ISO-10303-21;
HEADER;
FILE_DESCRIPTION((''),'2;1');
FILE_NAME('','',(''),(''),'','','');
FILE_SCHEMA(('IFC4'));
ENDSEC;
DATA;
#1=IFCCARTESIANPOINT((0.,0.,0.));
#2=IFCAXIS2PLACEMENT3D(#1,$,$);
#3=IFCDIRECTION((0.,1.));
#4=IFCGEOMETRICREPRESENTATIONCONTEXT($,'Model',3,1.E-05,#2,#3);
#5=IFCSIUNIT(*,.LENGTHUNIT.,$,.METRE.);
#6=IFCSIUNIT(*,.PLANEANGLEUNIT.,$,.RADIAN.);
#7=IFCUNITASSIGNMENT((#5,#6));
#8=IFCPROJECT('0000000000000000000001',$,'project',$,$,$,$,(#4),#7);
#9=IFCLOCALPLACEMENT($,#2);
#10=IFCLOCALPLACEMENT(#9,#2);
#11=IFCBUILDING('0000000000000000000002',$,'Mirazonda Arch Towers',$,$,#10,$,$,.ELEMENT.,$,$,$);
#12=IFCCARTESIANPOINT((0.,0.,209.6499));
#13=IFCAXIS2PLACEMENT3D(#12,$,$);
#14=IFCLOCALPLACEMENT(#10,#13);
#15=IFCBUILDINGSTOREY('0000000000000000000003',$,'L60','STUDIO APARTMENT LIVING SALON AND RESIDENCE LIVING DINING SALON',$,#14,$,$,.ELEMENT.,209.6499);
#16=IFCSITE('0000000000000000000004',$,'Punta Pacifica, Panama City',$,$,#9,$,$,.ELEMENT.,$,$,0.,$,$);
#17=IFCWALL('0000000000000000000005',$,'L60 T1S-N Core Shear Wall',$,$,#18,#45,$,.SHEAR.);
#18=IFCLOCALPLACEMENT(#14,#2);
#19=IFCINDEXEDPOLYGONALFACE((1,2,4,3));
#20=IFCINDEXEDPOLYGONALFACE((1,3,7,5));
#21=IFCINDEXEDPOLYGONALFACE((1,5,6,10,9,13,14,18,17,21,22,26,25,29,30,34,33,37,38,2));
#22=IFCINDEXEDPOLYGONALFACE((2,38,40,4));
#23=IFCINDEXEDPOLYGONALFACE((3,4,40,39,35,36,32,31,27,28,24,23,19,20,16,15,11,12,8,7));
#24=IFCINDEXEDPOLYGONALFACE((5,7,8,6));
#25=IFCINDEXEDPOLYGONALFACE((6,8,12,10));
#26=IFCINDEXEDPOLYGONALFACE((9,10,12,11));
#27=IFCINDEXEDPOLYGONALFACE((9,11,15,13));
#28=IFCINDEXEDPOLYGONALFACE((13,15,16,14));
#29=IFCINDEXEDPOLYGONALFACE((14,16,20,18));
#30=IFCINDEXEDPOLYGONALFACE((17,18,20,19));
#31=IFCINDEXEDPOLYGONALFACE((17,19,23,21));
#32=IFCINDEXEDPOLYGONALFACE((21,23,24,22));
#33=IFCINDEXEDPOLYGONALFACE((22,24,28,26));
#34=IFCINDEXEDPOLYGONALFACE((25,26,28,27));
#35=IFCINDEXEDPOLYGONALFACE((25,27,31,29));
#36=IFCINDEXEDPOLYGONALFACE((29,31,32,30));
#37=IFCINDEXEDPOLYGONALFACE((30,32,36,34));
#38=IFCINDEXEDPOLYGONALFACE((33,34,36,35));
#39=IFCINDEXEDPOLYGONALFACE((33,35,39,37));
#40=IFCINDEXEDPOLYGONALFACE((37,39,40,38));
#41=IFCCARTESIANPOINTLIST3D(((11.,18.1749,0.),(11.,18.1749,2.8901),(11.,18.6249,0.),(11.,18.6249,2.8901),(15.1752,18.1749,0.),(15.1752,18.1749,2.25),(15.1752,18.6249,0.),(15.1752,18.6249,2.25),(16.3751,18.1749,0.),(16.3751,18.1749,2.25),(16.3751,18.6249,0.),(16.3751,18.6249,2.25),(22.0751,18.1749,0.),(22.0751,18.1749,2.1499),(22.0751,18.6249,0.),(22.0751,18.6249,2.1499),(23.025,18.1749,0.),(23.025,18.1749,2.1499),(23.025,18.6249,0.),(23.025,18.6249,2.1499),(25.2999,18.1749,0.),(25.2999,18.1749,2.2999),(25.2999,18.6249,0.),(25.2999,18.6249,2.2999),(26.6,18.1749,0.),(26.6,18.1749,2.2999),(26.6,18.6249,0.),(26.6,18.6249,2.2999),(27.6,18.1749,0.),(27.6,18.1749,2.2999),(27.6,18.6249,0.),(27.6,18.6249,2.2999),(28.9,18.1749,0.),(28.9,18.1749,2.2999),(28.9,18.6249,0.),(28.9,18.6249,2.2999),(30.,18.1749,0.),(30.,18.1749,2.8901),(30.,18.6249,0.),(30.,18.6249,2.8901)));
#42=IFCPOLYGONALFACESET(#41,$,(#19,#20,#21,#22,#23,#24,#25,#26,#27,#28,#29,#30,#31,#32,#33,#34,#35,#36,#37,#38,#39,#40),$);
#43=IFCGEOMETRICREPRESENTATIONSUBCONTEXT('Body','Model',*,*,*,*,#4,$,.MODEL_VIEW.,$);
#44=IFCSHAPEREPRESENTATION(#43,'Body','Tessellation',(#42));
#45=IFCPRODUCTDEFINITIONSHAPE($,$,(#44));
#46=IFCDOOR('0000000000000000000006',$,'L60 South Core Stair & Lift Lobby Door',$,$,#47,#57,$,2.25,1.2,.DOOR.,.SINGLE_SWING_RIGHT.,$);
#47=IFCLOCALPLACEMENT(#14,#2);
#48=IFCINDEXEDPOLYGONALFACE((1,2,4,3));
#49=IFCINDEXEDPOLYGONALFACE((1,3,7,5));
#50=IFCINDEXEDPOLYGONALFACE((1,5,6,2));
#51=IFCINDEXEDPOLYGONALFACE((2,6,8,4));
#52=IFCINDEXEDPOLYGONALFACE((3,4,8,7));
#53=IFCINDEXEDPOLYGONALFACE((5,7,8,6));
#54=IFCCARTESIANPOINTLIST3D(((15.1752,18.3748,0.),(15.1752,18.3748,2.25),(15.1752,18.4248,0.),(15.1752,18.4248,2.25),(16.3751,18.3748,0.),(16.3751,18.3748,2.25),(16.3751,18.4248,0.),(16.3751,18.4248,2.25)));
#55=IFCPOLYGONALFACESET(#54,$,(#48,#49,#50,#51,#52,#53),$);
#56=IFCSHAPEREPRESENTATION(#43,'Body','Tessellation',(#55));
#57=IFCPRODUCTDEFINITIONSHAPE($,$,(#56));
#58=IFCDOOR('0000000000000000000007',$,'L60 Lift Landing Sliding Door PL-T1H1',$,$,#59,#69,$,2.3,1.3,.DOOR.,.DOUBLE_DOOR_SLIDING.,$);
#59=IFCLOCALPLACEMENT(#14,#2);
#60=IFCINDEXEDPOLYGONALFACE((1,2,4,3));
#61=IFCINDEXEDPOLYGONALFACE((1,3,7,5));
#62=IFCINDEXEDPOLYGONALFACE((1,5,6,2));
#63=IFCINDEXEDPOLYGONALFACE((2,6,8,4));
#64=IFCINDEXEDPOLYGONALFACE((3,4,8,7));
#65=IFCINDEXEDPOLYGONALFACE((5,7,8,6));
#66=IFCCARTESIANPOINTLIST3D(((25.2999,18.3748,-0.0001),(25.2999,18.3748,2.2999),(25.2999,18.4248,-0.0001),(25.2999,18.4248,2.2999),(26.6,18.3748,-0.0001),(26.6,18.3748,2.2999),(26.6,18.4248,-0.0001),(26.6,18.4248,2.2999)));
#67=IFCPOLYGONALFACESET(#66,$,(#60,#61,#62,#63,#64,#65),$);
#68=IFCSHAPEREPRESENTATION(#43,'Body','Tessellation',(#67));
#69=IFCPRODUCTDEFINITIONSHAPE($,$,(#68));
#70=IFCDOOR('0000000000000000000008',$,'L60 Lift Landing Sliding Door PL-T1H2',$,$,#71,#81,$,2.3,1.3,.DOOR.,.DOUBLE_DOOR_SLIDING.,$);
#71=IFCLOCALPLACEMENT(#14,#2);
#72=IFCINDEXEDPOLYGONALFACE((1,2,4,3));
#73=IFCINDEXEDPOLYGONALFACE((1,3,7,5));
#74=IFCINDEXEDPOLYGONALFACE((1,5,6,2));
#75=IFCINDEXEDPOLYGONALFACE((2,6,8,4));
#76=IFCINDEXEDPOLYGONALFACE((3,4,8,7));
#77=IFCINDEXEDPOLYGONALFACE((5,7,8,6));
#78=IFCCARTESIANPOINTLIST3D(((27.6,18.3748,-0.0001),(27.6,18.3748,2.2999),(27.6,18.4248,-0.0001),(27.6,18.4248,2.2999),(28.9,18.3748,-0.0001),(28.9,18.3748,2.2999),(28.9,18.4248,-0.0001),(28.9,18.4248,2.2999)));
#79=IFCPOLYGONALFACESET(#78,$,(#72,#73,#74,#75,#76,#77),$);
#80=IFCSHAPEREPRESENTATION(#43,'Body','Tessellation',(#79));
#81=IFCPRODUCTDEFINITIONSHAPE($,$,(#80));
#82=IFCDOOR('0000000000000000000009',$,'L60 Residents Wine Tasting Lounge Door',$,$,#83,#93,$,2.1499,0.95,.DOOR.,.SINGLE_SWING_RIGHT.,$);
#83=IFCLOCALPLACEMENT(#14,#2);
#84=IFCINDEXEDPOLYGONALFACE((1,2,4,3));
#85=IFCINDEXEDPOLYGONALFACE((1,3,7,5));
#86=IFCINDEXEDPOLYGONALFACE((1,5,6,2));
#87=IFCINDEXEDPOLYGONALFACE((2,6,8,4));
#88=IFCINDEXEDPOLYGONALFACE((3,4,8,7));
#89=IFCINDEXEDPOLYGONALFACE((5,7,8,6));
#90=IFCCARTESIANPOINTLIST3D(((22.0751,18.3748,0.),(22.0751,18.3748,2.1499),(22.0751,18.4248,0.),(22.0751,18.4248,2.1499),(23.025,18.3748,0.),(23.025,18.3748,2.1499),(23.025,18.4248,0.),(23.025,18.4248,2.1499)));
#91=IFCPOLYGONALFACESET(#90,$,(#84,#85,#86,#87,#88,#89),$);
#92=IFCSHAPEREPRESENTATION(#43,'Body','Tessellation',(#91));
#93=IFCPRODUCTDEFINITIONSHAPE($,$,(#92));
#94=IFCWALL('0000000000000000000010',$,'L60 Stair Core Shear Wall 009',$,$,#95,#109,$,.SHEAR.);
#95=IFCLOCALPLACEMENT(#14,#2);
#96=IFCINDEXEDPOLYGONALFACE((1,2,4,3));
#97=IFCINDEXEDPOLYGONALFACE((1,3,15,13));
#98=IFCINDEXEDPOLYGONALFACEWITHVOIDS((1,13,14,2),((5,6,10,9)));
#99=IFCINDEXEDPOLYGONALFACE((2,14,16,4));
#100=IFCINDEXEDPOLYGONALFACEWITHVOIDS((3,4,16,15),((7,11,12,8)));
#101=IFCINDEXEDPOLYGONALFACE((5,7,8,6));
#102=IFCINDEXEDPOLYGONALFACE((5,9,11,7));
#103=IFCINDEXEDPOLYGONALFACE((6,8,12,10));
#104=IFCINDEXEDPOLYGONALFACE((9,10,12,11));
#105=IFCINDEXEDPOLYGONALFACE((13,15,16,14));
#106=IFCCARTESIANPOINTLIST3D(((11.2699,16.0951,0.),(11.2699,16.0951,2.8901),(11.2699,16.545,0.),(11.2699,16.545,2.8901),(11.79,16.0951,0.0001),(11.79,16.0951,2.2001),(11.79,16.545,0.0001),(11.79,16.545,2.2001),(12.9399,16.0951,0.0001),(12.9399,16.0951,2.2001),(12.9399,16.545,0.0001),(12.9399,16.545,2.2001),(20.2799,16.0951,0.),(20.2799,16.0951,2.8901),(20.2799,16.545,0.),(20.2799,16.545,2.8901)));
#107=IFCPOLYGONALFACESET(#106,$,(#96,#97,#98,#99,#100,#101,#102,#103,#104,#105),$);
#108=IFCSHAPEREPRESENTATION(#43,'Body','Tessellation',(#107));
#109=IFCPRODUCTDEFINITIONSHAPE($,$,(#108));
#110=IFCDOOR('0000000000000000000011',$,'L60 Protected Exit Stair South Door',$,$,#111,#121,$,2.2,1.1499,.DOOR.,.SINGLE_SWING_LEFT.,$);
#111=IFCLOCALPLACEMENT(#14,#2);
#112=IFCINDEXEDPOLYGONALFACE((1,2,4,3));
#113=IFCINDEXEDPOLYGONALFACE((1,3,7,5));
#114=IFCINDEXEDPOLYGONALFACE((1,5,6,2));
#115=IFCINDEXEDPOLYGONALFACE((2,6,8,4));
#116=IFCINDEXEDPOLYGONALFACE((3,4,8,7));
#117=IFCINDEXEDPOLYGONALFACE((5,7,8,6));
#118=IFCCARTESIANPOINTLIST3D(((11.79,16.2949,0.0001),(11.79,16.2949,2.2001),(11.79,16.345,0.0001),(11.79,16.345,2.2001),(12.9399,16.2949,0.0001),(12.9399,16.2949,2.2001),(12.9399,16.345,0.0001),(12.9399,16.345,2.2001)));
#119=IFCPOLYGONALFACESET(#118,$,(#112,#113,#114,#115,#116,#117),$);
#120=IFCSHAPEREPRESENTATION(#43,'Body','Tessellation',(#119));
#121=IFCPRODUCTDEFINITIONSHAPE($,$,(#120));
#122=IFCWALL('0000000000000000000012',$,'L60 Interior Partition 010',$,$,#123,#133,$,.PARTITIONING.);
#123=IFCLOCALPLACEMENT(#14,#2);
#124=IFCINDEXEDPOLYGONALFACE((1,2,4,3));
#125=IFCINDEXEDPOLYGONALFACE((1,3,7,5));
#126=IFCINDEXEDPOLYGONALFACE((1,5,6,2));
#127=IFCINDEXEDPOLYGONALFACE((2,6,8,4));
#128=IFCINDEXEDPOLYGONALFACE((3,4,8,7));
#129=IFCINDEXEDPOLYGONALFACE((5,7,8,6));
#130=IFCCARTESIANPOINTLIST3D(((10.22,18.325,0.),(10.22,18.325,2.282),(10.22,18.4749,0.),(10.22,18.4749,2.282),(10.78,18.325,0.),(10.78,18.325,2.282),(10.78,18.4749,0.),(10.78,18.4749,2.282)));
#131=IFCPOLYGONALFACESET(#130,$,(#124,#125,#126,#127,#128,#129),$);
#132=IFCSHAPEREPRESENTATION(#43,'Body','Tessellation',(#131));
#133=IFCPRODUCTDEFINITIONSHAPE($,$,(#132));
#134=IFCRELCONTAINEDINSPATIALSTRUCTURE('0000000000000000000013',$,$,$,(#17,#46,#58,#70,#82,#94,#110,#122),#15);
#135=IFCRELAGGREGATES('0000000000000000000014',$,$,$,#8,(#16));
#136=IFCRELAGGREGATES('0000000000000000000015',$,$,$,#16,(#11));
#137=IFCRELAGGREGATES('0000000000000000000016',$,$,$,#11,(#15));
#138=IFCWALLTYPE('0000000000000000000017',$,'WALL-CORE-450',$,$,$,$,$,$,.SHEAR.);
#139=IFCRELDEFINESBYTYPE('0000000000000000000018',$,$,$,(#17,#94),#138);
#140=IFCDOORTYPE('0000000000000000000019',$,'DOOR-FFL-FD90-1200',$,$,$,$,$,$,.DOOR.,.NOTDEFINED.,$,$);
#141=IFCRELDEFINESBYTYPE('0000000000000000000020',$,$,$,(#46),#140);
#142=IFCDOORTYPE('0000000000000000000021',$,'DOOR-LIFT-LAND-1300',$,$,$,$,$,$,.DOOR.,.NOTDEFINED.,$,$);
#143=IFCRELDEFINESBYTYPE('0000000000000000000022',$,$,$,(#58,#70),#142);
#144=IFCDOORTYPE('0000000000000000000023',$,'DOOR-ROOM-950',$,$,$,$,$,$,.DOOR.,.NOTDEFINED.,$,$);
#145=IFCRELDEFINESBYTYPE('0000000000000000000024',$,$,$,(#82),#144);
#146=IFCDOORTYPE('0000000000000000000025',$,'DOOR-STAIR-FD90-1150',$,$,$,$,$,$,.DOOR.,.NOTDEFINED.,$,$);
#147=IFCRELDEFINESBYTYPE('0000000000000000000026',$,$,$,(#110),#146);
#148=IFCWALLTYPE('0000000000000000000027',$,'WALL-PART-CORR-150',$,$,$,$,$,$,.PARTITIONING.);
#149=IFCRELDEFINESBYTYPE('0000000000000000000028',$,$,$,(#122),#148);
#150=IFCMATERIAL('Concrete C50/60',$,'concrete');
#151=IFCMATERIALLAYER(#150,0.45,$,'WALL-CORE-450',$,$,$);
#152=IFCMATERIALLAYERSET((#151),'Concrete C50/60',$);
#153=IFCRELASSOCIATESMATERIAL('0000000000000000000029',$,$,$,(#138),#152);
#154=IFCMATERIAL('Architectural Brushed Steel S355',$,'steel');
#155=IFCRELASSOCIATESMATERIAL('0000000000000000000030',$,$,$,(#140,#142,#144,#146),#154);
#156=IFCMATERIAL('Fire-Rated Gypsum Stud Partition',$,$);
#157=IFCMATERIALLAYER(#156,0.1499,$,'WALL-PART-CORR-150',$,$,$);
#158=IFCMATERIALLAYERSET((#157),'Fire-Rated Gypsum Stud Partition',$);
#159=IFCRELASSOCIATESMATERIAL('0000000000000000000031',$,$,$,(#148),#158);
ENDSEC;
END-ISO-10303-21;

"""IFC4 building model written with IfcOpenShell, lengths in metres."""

from ifc_helpers import new_model, si_unit, direction, frame, frame_2d, origin, place, context, subcontext, project, spatial, rectangle, extrude, material, layer, layer_set, type_object, element, fill, save


model = new_model("IFC4")

# Units and contexts
model_context = context("Model", 3, precision=1e-05, world=origin(), true_north=direction((0.0, 1.0)))
body_context = subcontext(model_context, "Body", "Model", "MODEL_VIEW")
ifc_project = project(units=[si_unit("LENGTHUNIT", "METRE"), si_unit("PLANEANGLEUNIT", "RADIAN")], contexts=[model_context])

# Site, building, storey
site_placement = place(None, origin())
site = spatial("IfcSite", under=ifc_project, at=site_placement, Name="Punta Pacifica, Panama City", CompositionType="ELEMENT", RefElevation=0.0)
building_placement = place(site_placement, origin())
building = spatial("IfcBuilding", under=site, at=building_placement, Name="Mirazonda Arch Towers", CompositionType="ELEMENT")
storey_placement = place(building_placement, frame((0.0, 0.0, 209.6499)))
storey = spatial("IfcBuildingStorey", under=building, at=storey_placement, Name="L60", Description="STUDIO APARTMENT LIVING SALON AND RESIDENCE LIVING DINING SALON", CompositionType="ELEMENT", Elevation=209.6499)

# Shared definitions
ifc_material_1 = material(Name="Concrete C50/60", Category="concrete")

# Wall, openings, doors
ifc_layer_1 = layer(ifc_material_1, 0.45, Name="WALL-CORE-450")
ifc_layer_set_1 = layer_set([ifc_layer_1], Name="Concrete C50/60")
wall_type_1 = type_object("IfcWallType", Name="WALL-CORE-450", PredefinedType="SHEAR", material=ifc_layer_set_1)
wall_1_placement = place(storey_placement, frame((11.0, 18.3999, 0.0), z_axis=(0.0, 0.0, 1.0), x_axis=(1.0, 0.0, 0.0)))
wall_1 = element("IfcWall", 1, at=wall_1_placement, inside=storey, type_object=wall_type_1, Name="L60 T1S-N Core Shear Wall", PredefinedType="SHEAR", context=body_context, shape_type="SweptSolid", body=[
    extrude(rectangle(XDim=19.0, YDim=0.45, at=frame_2d((9.5, 0.0))), origin(), (0.0, 0.0, 1.0), 2.8901),
])
opening_1_placement = place(wall_1_placement, frame((4.175, 0.0, 0.0)))
opening_1 = element("IfcOpeningElement", 2, at=opening_1_placement, cuts=wall_1, PredefinedType="OPENING", context=body_context, shape_type="SweptSolid", body=[
    extrude(rectangle(XDim=1.2, YDim=2.25, at=frame_2d((0.6001, 1.125))), frame((0.0, 0.2349, 0.0), z_axis=(0.0, -1.0, 0.0), x_axis=(1.0, 0.0, 0.0)), (0.0, 0.0, 1.0), 0.47),
])
opening_2_placement = place(wall_1_placement, frame((11.075, 0.0, 0.0)))
opening_2 = element("IfcOpeningElement", 3, at=opening_2_placement, cuts=wall_1, PredefinedType="OPENING", context=body_context, shape_type="SweptSolid", body=[
    extrude(rectangle(XDim=0.95, YDim=2.1499, at=frame_2d((0.4751, 1.075))), frame((0.0, 0.2349, 0.0), z_axis=(0.0, -1.0, 0.0), x_axis=(1.0, 0.0, 0.0)), (0.0, 0.0, 1.0), 0.47),
])
opening_3_placement = place(wall_1_placement, frame((14.3, 0.0, 0.0)))
opening_3 = element("IfcOpeningElement", 4, at=opening_3_placement, cuts=wall_1, PredefinedType="OPENING", context=body_context, shape_type="SweptSolid", body=[
    extrude(rectangle(XDim=1.3, YDim=2.3, at=frame_2d((0.6499, 1.1499))), frame((0.0, 0.2349, 0.0), z_axis=(0.0, -1.0, 0.0), x_axis=(1.0, 0.0, 0.0)), (0.0, 0.0, 1.0), 0.47),
])
opening_4_placement = place(wall_1_placement, frame((16.6001, 0.0, 0.0)))
opening_4 = element("IfcOpeningElement", 5, at=opening_4_placement, cuts=wall_1, PredefinedType="OPENING", context=body_context, shape_type="SweptSolid", body=[
    extrude(rectangle(XDim=1.3, YDim=2.3, at=frame_2d((0.6499, 1.1499))), frame((0.0, 0.2349, 0.0), z_axis=(0.0, -1.0, 0.0), x_axis=(1.0, 0.0, 0.0)), (0.0, 0.0, 1.0), 0.47),
])
ifc_material_2 = material(Name="Architectural Brushed Steel S355", Category="steel")
door_type_1 = type_object("IfcDoorType", Name="DOOR-FFL-FD90-1200", OperationType="NOTDEFINED", PredefinedType="DOOR", material=ifc_material_2)
door_1_placement = place(opening_1_placement, origin())
door_1 = element("IfcDoor", 6, at=door_1_placement, inside=storey, type_object=door_type_1, Name="L60 South Core Stair & Lift Lobby Door", OperationType="SINGLE_SWING_RIGHT", OverallHeight=2.25, OverallWidth=1.2, PredefinedType="DOOR", context=body_context, shape_type="SweptSolid", body=[
    extrude(rectangle(XDim=1.2, YDim=2.25, at=frame_2d((0.6001, 1.125))), frame((0.0, 0.0249, 0.0), z_axis=(0.0, -1.0, 0.0), x_axis=(1.0, 0.0, 0.0)), (0.0, 0.0, 1.0), 0.05),
])
fill(opening_1, door_1)
door_type_2 = type_object("IfcDoorType", Name="DOOR-LIFT-LAND-1300", OperationType="NOTDEFINED", PredefinedType="DOOR", material=ifc_material_2)
door_2_placement = place(opening_3_placement, origin())
door_2 = element("IfcDoor", 7, at=door_2_placement, inside=storey, type_object=door_type_2, Name="L60 Lift Landing Sliding Door PL-T1H1", OperationType="DOUBLE_DOOR_SLIDING", OverallHeight=2.3, OverallWidth=1.3, PredefinedType="DOOR", context=body_context, shape_type="SweptSolid", body=[
    extrude(rectangle(XDim=1.3, YDim=2.3, at=frame_2d((0.6499, 1.1499))), frame((0.0, 0.0249, 0.0), z_axis=(0.0, -1.0, 0.0), x_axis=(1.0, 0.0, 0.0)), (0.0, 0.0, 1.0), 0.05),
])
fill(opening_3, door_2)
door_3_placement = place(opening_4_placement, origin())
door_3 = element("IfcDoor", 8, at=door_3_placement, inside=storey, type_object=door_type_2, Name="L60 Lift Landing Sliding Door PL-T1H2", OperationType="DOUBLE_DOOR_SLIDING", OverallHeight=2.3, OverallWidth=1.3, PredefinedType="DOOR", context=body_context, shape_type="SweptSolid", body=[
    extrude(rectangle(XDim=1.3, YDim=2.3, at=frame_2d((0.6499, 1.1499))), frame((0.0, 0.0249, 0.0), z_axis=(0.0, -1.0, 0.0), x_axis=(1.0, 0.0, 0.0)), (0.0, 0.0, 1.0), 0.05),
])
fill(opening_4, door_3)
door_type_3 = type_object("IfcDoorType", Name="DOOR-ROOM-950", OperationType="NOTDEFINED", PredefinedType="DOOR", material=ifc_material_2)
door_4_placement = place(opening_2_placement, origin())
door_4 = element("IfcDoor", 9, at=door_4_placement, inside=storey, type_object=door_type_3, Name="L60 Residents Wine Tasting Lounge Door", OperationType="SINGLE_SWING_RIGHT", OverallHeight=2.1499, OverallWidth=0.95, PredefinedType="DOOR", context=body_context, shape_type="SweptSolid", body=[
    extrude(rectangle(XDim=0.95, YDim=2.1499, at=frame_2d((0.4751, 1.075))), frame((0.0, 0.0249, 0.0), z_axis=(0.0, -1.0, 0.0), x_axis=(1.0, 0.0, 0.0)), (0.0, 0.0, 1.0), 0.05),
])
fill(opening_2, door_4)

# Wall, opening, door
wall_2_placement = place(storey_placement, frame((11.27, 16.3201, 0.0), z_axis=(0.0, 0.0, 1.0), x_axis=(1.0, 0.0, 0.0)))
wall_2 = element("IfcWall", 10, at=wall_2_placement, inside=storey, type_object=wall_type_1, Name="L60 Stair Core Shear Wall 009", PredefinedType="SHEAR", context=body_context, shape_type="SweptSolid", body=[
    extrude(rectangle(XDim=9.01, YDim=0.45, at=frame_2d((4.5049, 0.0))), origin(), (0.0, 0.0, 1.0), 2.8901),
])
opening_5_placement = place(wall_2_placement, frame((0.52, 0.0, 0.0)))
opening_5 = element("IfcOpeningElement", 11, at=opening_5_placement, cuts=wall_2, PredefinedType="OPENING", context=body_context, shape_type="SweptSolid", body=[
    extrude(rectangle(XDim=1.1499, YDim=2.2, at=frame_2d((0.575, 1.1001))), frame((0.0, 0.2349, 0.0), z_axis=(0.0, -1.0, 0.0), x_axis=(1.0, 0.0, 0.0)), (0.0, 0.0, 1.0), 0.47),
])
door_type_4 = type_object("IfcDoorType", Name="DOOR-STAIR-FD90-1150", OperationType="NOTDEFINED", PredefinedType="DOOR", material=ifc_material_2)
door_5_placement = place(opening_5_placement, origin())
door_5 = element("IfcDoor", 12, at=door_5_placement, inside=storey, type_object=door_type_4, Name="L60 Protected Exit Stair South Door", OperationType="SINGLE_SWING_LEFT", OverallHeight=2.2, OverallWidth=1.1499, PredefinedType="DOOR", context=body_context, shape_type="SweptSolid", body=[
    extrude(rectangle(XDim=1.1499, YDim=2.2, at=frame_2d((0.575, 1.1001))), frame((0.0, 0.0249, 0.0), z_axis=(0.0, -1.0, 0.0), x_axis=(1.0, 0.0, 0.0)), (0.0, 0.0, 1.0), 0.05),
])
fill(opening_5, door_5)

# Wall
ifc_material_3 = material(Name="Fire-Rated Gypsum Stud Partition")
ifc_layer_2 = layer(ifc_material_3, 0.1499, Name="WALL-PART-CORR-150")
ifc_layer_set_2 = layer_set([ifc_layer_2], Name="Fire-Rated Gypsum Stud Partition")
wall_type_2 = type_object("IfcWallType", Name="WALL-PART-CORR-150", PredefinedType="PARTITIONING", material=ifc_layer_set_2)
wall_3_placement = place(storey_placement, frame((10.22, 18.3999, 0.0), z_axis=(0.0, 0.0, 1.0), x_axis=(1.0, 0.0, 0.0)))
element("IfcWall", 13, at=wall_3_placement, inside=storey, type_object=wall_type_2, Name="L60 Interior Partition 010", PredefinedType="PARTITIONING", context=body_context, shape_type="SweptSolid", body=[
    extrude(rectangle(XDim=0.5601, YDim=0.1499, at=frame_2d((0.28, 0.0))), origin(), (0.0, 0.0, 1.0), 2.282),
])

save(model, "model.ifc")
